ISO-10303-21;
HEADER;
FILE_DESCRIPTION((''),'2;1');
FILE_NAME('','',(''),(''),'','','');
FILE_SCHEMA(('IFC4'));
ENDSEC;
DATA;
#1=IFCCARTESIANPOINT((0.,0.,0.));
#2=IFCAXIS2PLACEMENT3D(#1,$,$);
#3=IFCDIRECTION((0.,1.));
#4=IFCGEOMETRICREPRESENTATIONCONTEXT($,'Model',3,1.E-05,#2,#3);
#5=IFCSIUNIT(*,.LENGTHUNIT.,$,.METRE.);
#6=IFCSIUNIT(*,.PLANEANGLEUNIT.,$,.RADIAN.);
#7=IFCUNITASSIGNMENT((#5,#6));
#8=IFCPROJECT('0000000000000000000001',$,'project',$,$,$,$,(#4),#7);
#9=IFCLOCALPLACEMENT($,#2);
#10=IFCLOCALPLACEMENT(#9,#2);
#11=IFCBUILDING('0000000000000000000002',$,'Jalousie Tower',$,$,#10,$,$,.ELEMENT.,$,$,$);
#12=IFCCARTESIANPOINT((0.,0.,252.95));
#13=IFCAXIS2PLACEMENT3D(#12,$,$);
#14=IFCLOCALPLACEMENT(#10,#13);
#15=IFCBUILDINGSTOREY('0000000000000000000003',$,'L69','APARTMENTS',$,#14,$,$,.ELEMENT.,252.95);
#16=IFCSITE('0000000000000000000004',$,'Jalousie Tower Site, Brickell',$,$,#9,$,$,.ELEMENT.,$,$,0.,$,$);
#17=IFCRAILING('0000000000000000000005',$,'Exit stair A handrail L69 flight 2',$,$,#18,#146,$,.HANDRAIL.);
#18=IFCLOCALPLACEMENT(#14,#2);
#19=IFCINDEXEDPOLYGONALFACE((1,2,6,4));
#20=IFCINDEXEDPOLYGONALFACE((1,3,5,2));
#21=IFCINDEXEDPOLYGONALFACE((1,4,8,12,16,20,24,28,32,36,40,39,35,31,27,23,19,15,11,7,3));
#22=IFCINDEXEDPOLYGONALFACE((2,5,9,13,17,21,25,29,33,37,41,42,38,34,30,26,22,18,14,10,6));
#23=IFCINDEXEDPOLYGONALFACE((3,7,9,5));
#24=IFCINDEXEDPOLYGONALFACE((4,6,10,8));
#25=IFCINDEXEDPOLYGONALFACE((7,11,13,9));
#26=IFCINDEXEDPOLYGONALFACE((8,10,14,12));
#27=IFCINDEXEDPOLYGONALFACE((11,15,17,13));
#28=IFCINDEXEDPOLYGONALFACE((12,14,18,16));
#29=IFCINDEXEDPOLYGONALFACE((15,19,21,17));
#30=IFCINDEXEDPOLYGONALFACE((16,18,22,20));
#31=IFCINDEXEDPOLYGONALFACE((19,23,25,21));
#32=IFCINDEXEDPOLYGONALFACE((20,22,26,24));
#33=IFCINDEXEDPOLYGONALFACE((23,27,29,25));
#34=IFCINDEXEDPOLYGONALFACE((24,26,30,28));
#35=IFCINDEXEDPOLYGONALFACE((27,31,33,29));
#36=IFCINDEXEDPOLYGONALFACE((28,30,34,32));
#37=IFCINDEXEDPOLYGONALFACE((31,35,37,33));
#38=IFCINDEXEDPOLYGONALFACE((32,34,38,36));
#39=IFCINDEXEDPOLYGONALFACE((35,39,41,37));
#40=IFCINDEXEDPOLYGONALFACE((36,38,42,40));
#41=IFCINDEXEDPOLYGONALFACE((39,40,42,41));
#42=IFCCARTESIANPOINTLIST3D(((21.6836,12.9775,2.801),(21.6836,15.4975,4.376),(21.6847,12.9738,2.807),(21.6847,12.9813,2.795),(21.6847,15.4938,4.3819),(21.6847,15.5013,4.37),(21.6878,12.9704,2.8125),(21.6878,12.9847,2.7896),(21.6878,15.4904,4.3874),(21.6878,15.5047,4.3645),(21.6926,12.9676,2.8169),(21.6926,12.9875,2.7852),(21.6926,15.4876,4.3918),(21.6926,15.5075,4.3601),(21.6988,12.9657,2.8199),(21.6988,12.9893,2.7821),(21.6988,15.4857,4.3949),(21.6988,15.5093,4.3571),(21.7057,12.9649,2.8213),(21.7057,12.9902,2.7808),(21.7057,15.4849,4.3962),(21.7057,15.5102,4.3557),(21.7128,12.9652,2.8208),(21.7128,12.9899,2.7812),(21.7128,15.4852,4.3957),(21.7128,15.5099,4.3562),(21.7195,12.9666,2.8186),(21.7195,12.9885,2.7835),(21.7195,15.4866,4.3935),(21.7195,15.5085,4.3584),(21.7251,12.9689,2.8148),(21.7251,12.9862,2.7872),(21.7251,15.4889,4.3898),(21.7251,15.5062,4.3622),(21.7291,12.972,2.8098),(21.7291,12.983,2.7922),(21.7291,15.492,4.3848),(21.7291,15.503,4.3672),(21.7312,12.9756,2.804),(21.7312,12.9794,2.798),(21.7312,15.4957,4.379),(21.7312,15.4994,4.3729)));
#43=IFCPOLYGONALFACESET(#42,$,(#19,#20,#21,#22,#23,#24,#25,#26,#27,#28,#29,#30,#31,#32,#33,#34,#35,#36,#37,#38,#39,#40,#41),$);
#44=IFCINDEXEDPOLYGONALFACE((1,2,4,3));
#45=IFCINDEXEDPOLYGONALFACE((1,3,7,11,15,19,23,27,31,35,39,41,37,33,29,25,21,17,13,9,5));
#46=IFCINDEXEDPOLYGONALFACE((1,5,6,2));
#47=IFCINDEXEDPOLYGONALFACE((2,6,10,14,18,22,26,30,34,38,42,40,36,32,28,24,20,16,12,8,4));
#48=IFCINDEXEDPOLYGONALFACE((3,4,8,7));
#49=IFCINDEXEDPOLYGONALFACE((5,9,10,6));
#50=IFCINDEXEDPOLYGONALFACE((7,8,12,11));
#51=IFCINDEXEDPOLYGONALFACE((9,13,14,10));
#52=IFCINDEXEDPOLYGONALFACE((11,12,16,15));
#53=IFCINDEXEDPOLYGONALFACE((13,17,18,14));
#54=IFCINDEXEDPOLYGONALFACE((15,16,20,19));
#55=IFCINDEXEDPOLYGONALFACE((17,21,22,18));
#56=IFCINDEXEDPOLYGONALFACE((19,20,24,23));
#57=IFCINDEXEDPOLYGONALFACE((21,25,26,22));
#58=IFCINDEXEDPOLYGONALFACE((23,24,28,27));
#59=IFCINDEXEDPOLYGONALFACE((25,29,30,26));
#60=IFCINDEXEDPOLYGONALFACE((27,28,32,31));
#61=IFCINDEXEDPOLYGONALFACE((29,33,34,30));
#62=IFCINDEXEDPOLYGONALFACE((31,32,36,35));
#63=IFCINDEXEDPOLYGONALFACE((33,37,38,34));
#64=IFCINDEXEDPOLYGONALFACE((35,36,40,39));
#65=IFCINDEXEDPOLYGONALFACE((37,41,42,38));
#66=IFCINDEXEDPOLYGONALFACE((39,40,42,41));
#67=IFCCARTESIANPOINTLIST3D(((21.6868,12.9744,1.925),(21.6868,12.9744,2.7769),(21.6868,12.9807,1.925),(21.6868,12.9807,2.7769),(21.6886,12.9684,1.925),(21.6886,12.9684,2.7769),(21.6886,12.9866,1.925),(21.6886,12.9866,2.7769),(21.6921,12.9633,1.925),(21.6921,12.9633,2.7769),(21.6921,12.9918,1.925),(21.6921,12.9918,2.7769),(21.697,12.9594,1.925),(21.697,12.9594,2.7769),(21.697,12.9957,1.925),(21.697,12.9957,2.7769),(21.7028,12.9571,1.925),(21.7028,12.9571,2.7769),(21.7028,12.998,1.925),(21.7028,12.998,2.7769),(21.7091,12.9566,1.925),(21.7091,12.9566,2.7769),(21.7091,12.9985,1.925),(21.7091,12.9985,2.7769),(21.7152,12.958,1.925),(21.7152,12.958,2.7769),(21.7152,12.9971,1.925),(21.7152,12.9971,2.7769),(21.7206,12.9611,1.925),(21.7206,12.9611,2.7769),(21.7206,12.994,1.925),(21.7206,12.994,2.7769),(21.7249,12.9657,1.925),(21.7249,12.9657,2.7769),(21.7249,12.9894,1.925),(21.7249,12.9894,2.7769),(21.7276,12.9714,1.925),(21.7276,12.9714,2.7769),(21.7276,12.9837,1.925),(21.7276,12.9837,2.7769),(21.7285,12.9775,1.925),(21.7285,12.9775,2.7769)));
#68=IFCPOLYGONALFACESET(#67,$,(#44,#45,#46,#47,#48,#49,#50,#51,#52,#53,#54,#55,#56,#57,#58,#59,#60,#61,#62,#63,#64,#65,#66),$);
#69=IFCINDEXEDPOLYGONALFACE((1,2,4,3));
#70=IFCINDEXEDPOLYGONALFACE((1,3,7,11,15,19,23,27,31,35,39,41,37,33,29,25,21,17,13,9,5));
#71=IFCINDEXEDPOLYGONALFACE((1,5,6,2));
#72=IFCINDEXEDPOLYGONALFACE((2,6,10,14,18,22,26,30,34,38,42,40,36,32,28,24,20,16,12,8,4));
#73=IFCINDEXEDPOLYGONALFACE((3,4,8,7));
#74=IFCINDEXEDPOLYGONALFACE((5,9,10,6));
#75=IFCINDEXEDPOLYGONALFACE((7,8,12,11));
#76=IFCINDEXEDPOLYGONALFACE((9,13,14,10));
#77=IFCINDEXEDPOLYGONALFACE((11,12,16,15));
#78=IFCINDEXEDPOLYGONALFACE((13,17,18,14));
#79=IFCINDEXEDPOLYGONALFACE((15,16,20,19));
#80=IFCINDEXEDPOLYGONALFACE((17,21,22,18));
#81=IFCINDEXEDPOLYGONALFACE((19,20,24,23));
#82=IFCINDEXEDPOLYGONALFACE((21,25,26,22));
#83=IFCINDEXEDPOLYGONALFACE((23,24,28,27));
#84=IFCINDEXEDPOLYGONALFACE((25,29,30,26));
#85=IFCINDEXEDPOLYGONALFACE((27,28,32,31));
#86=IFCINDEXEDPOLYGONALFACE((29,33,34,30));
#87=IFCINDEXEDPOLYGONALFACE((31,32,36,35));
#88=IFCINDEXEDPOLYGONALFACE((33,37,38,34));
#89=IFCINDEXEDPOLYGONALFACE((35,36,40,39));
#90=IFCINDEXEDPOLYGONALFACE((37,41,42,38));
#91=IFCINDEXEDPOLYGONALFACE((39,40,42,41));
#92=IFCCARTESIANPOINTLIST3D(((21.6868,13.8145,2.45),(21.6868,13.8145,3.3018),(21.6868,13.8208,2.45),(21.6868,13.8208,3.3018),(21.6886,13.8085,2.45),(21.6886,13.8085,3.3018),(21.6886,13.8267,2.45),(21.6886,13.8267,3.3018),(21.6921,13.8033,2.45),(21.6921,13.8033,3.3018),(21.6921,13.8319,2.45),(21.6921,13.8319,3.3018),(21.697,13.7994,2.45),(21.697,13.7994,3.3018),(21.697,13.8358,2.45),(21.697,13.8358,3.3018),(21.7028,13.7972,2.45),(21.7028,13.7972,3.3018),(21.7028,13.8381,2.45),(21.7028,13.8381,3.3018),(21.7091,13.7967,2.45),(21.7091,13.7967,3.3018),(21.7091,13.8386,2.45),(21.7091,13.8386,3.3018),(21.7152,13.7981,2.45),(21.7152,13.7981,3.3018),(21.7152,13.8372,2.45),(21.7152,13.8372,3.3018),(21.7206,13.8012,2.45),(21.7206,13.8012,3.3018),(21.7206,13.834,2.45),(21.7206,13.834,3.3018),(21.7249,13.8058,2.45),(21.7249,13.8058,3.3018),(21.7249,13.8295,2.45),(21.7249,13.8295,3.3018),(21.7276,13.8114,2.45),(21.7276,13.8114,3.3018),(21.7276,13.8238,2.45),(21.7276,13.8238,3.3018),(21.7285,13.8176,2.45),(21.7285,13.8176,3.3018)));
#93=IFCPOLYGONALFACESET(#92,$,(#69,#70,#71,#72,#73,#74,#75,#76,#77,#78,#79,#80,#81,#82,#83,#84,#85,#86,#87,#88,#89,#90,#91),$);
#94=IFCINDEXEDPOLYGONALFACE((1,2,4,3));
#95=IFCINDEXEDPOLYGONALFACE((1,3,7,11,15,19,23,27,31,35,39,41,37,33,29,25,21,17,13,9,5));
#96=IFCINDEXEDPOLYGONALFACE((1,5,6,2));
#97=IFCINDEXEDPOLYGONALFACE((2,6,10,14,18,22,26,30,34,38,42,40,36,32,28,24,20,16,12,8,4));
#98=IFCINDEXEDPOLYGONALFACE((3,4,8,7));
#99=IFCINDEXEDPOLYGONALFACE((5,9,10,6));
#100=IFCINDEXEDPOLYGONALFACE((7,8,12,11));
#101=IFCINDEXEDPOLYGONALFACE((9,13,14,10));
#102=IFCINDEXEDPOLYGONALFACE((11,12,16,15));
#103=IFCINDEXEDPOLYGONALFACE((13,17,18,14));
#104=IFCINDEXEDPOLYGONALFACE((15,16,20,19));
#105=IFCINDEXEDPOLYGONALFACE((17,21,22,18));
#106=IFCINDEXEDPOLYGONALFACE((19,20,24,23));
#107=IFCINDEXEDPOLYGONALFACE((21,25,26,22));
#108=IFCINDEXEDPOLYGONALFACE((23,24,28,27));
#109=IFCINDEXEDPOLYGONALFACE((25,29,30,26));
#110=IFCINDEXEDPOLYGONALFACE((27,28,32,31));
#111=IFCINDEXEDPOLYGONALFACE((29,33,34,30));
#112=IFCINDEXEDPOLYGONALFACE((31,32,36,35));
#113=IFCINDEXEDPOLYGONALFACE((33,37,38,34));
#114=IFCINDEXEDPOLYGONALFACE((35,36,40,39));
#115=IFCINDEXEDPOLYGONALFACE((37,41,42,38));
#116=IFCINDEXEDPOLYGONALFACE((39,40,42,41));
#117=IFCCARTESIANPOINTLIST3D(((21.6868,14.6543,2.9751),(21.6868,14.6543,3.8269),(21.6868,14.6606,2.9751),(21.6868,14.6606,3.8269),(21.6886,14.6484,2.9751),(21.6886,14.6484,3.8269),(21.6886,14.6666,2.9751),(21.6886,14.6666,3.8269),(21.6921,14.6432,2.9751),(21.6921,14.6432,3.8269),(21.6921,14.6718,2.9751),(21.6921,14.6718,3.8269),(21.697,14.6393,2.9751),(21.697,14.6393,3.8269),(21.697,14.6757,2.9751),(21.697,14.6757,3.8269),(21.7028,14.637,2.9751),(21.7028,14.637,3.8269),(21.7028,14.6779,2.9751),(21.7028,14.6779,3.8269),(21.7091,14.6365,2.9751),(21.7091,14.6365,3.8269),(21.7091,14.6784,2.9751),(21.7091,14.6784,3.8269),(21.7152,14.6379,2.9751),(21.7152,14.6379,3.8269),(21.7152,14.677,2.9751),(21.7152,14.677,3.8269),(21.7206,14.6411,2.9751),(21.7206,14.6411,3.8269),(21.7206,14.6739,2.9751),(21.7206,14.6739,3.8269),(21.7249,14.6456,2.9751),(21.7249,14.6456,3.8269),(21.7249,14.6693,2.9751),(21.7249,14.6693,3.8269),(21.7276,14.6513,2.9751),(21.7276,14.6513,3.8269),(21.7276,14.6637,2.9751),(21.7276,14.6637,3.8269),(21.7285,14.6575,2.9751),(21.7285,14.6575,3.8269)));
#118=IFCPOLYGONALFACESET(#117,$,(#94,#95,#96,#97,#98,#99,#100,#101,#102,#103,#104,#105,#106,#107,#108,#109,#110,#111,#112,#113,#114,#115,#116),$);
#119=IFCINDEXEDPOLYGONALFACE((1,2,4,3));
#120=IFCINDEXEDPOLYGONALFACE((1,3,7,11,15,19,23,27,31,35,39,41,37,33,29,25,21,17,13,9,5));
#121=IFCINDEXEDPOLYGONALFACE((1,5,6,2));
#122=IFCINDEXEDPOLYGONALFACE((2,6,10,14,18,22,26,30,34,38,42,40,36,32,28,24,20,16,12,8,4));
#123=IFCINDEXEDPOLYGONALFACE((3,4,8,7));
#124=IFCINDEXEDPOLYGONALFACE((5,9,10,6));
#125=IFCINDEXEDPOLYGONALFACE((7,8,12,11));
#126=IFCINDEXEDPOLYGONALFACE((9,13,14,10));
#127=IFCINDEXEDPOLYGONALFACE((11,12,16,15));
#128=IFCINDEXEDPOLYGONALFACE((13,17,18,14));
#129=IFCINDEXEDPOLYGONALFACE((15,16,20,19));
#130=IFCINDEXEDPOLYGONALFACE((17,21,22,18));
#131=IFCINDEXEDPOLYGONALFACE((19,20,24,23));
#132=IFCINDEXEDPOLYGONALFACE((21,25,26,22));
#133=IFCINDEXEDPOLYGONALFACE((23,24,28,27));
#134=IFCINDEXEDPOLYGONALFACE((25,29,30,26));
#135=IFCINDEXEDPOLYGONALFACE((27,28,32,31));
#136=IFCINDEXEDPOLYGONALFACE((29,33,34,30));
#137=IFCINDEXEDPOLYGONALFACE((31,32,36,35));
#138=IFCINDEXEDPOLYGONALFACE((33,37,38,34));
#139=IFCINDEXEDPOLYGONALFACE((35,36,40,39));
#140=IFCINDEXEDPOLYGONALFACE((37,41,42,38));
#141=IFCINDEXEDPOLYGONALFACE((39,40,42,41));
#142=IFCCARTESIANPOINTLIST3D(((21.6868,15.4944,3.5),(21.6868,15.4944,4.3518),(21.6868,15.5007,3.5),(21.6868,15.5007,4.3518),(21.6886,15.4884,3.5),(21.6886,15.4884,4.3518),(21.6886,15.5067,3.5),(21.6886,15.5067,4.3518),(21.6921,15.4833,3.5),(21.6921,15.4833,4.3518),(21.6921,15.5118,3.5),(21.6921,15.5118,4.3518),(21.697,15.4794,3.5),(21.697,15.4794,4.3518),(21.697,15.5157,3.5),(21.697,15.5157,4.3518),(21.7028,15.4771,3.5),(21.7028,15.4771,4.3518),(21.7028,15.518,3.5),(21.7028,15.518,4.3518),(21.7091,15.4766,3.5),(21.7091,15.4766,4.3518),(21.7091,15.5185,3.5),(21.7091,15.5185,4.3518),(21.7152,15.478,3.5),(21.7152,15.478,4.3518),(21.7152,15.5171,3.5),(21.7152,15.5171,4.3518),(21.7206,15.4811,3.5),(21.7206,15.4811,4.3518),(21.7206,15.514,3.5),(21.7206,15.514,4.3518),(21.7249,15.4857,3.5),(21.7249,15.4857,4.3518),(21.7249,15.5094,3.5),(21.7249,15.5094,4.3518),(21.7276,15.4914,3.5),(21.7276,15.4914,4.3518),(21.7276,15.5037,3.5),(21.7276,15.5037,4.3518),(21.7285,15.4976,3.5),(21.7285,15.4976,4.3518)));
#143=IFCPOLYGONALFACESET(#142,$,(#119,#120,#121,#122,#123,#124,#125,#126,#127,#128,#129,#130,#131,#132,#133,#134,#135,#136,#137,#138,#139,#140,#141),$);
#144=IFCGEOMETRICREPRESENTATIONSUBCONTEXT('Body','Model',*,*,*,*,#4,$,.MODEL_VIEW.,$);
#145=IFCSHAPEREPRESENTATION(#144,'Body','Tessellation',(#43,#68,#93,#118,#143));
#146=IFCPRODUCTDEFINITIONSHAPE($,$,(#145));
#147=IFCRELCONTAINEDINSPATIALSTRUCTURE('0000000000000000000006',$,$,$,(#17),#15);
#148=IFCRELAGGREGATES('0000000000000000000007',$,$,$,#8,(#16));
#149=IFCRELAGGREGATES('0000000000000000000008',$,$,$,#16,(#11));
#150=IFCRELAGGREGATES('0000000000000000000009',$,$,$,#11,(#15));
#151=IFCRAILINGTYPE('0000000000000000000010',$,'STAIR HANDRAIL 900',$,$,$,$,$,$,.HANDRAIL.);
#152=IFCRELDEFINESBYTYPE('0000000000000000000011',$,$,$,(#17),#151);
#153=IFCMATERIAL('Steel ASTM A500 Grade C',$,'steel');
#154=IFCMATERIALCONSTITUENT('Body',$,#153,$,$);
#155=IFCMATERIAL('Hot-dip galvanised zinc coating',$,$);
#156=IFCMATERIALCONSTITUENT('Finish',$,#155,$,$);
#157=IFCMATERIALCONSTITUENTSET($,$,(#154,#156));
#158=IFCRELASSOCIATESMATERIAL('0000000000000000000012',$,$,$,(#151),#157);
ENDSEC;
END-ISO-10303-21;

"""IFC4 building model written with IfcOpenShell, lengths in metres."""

from ifc_helpers import new_model, si_unit, direction, frame, origin, origin_2d, place, context, subcontext, project, spatial, circle, extrude, material, constituent, constituent_set, type_object, element, save


model = new_model("IFC4")

# Units and contexts
model_context = context("Model", 3, precision=1e-05, world=origin(), true_north=direction((0.0, 1.0)))
body_context = subcontext(model_context, "Body", "Model", "MODEL_VIEW")
ifc_project = project(units=[si_unit("LENGTHUNIT", "METRE"), si_unit("PLANEANGLEUNIT", "RADIAN")], contexts=[model_context])

# Site, building, storey
site_placement = place(None, origin())
site = spatial("IfcSite", under=ifc_project, at=site_placement, Name="Jalousie Tower Site, Brickell", CompositionType="ELEMENT", RefElevation=0.0)
building_placement = place(site_placement, origin())
building = spatial("IfcBuilding", under=site, at=building_placement, Name="Jalousie Tower", CompositionType="ELEMENT")
storey_placement = place(building_placement, frame((0.0, 0.0, 252.95)))
storey = spatial("IfcBuildingStorey", under=building, at=storey_placement, Name="L69", Description="APARTMENTS", CompositionType="ELEMENT", Elevation=252.95)

# Railing
ifc_material_1 = material(Name="Steel ASTM A500 Grade C", Category="steel")
ifc_constituent_1 = constituent(ifc_material_1, Name="Body")
ifc_material_2 = material(Name="Hot-dip galvanised zinc coating")
ifc_constituent_2 = constituent(ifc_material_2, Name="Finish")
ifc_constituent_set_1 = constituent_set(constituents=[ifc_constituent_1, ifc_constituent_2])
railing_type_1 = type_object("IfcRailingType", Name="STAIR HANDRAIL 900", PredefinedType="HANDRAIL", material=ifc_constituent_set_1)
railing_1_placement = place(storey_placement, frame((21.7075, 12.9775, 1.925)))
element("IfcRailing", 1, at=railing_1_placement, inside=storey, type_object=railing_type_1, Name="Exit stair A handrail L69 flight 2", PredefinedType="HANDRAIL", context=body_context, shape_type="SweptSolid", body=[
    extrude(circle(Radius=0.0239, at=origin_2d()), frame((0.0, 0.0, 0.876), z_axis=(0.0, 0.848008, 0.529984), x_axis=(-1.0, 0.0, 0.0)), (0.0, 0.0, 1.0), 2.9717),
    extrude(circle(Radius=0.021, at=origin_2d()), origin(), (0.0, 0.0, 1.0), 0.8518),
    extrude(circle(Radius=0.021, at=origin_2d()), frame((0.0, 0.8401, 0.5249)), (0.0, 0.0, 1.0), 0.8518),
    extrude(circle(Radius=0.021, at=origin_2d()), frame((0.0, 1.6799, 1.05)), (0.0, 0.0, 1.0), 0.8518),
    extrude(circle(Radius=0.021, at=origin_2d()), frame((0.0, 2.52, 1.575)), (0.0, 0.0, 1.0), 0.8518),
])

save(model, "model.ifc")
